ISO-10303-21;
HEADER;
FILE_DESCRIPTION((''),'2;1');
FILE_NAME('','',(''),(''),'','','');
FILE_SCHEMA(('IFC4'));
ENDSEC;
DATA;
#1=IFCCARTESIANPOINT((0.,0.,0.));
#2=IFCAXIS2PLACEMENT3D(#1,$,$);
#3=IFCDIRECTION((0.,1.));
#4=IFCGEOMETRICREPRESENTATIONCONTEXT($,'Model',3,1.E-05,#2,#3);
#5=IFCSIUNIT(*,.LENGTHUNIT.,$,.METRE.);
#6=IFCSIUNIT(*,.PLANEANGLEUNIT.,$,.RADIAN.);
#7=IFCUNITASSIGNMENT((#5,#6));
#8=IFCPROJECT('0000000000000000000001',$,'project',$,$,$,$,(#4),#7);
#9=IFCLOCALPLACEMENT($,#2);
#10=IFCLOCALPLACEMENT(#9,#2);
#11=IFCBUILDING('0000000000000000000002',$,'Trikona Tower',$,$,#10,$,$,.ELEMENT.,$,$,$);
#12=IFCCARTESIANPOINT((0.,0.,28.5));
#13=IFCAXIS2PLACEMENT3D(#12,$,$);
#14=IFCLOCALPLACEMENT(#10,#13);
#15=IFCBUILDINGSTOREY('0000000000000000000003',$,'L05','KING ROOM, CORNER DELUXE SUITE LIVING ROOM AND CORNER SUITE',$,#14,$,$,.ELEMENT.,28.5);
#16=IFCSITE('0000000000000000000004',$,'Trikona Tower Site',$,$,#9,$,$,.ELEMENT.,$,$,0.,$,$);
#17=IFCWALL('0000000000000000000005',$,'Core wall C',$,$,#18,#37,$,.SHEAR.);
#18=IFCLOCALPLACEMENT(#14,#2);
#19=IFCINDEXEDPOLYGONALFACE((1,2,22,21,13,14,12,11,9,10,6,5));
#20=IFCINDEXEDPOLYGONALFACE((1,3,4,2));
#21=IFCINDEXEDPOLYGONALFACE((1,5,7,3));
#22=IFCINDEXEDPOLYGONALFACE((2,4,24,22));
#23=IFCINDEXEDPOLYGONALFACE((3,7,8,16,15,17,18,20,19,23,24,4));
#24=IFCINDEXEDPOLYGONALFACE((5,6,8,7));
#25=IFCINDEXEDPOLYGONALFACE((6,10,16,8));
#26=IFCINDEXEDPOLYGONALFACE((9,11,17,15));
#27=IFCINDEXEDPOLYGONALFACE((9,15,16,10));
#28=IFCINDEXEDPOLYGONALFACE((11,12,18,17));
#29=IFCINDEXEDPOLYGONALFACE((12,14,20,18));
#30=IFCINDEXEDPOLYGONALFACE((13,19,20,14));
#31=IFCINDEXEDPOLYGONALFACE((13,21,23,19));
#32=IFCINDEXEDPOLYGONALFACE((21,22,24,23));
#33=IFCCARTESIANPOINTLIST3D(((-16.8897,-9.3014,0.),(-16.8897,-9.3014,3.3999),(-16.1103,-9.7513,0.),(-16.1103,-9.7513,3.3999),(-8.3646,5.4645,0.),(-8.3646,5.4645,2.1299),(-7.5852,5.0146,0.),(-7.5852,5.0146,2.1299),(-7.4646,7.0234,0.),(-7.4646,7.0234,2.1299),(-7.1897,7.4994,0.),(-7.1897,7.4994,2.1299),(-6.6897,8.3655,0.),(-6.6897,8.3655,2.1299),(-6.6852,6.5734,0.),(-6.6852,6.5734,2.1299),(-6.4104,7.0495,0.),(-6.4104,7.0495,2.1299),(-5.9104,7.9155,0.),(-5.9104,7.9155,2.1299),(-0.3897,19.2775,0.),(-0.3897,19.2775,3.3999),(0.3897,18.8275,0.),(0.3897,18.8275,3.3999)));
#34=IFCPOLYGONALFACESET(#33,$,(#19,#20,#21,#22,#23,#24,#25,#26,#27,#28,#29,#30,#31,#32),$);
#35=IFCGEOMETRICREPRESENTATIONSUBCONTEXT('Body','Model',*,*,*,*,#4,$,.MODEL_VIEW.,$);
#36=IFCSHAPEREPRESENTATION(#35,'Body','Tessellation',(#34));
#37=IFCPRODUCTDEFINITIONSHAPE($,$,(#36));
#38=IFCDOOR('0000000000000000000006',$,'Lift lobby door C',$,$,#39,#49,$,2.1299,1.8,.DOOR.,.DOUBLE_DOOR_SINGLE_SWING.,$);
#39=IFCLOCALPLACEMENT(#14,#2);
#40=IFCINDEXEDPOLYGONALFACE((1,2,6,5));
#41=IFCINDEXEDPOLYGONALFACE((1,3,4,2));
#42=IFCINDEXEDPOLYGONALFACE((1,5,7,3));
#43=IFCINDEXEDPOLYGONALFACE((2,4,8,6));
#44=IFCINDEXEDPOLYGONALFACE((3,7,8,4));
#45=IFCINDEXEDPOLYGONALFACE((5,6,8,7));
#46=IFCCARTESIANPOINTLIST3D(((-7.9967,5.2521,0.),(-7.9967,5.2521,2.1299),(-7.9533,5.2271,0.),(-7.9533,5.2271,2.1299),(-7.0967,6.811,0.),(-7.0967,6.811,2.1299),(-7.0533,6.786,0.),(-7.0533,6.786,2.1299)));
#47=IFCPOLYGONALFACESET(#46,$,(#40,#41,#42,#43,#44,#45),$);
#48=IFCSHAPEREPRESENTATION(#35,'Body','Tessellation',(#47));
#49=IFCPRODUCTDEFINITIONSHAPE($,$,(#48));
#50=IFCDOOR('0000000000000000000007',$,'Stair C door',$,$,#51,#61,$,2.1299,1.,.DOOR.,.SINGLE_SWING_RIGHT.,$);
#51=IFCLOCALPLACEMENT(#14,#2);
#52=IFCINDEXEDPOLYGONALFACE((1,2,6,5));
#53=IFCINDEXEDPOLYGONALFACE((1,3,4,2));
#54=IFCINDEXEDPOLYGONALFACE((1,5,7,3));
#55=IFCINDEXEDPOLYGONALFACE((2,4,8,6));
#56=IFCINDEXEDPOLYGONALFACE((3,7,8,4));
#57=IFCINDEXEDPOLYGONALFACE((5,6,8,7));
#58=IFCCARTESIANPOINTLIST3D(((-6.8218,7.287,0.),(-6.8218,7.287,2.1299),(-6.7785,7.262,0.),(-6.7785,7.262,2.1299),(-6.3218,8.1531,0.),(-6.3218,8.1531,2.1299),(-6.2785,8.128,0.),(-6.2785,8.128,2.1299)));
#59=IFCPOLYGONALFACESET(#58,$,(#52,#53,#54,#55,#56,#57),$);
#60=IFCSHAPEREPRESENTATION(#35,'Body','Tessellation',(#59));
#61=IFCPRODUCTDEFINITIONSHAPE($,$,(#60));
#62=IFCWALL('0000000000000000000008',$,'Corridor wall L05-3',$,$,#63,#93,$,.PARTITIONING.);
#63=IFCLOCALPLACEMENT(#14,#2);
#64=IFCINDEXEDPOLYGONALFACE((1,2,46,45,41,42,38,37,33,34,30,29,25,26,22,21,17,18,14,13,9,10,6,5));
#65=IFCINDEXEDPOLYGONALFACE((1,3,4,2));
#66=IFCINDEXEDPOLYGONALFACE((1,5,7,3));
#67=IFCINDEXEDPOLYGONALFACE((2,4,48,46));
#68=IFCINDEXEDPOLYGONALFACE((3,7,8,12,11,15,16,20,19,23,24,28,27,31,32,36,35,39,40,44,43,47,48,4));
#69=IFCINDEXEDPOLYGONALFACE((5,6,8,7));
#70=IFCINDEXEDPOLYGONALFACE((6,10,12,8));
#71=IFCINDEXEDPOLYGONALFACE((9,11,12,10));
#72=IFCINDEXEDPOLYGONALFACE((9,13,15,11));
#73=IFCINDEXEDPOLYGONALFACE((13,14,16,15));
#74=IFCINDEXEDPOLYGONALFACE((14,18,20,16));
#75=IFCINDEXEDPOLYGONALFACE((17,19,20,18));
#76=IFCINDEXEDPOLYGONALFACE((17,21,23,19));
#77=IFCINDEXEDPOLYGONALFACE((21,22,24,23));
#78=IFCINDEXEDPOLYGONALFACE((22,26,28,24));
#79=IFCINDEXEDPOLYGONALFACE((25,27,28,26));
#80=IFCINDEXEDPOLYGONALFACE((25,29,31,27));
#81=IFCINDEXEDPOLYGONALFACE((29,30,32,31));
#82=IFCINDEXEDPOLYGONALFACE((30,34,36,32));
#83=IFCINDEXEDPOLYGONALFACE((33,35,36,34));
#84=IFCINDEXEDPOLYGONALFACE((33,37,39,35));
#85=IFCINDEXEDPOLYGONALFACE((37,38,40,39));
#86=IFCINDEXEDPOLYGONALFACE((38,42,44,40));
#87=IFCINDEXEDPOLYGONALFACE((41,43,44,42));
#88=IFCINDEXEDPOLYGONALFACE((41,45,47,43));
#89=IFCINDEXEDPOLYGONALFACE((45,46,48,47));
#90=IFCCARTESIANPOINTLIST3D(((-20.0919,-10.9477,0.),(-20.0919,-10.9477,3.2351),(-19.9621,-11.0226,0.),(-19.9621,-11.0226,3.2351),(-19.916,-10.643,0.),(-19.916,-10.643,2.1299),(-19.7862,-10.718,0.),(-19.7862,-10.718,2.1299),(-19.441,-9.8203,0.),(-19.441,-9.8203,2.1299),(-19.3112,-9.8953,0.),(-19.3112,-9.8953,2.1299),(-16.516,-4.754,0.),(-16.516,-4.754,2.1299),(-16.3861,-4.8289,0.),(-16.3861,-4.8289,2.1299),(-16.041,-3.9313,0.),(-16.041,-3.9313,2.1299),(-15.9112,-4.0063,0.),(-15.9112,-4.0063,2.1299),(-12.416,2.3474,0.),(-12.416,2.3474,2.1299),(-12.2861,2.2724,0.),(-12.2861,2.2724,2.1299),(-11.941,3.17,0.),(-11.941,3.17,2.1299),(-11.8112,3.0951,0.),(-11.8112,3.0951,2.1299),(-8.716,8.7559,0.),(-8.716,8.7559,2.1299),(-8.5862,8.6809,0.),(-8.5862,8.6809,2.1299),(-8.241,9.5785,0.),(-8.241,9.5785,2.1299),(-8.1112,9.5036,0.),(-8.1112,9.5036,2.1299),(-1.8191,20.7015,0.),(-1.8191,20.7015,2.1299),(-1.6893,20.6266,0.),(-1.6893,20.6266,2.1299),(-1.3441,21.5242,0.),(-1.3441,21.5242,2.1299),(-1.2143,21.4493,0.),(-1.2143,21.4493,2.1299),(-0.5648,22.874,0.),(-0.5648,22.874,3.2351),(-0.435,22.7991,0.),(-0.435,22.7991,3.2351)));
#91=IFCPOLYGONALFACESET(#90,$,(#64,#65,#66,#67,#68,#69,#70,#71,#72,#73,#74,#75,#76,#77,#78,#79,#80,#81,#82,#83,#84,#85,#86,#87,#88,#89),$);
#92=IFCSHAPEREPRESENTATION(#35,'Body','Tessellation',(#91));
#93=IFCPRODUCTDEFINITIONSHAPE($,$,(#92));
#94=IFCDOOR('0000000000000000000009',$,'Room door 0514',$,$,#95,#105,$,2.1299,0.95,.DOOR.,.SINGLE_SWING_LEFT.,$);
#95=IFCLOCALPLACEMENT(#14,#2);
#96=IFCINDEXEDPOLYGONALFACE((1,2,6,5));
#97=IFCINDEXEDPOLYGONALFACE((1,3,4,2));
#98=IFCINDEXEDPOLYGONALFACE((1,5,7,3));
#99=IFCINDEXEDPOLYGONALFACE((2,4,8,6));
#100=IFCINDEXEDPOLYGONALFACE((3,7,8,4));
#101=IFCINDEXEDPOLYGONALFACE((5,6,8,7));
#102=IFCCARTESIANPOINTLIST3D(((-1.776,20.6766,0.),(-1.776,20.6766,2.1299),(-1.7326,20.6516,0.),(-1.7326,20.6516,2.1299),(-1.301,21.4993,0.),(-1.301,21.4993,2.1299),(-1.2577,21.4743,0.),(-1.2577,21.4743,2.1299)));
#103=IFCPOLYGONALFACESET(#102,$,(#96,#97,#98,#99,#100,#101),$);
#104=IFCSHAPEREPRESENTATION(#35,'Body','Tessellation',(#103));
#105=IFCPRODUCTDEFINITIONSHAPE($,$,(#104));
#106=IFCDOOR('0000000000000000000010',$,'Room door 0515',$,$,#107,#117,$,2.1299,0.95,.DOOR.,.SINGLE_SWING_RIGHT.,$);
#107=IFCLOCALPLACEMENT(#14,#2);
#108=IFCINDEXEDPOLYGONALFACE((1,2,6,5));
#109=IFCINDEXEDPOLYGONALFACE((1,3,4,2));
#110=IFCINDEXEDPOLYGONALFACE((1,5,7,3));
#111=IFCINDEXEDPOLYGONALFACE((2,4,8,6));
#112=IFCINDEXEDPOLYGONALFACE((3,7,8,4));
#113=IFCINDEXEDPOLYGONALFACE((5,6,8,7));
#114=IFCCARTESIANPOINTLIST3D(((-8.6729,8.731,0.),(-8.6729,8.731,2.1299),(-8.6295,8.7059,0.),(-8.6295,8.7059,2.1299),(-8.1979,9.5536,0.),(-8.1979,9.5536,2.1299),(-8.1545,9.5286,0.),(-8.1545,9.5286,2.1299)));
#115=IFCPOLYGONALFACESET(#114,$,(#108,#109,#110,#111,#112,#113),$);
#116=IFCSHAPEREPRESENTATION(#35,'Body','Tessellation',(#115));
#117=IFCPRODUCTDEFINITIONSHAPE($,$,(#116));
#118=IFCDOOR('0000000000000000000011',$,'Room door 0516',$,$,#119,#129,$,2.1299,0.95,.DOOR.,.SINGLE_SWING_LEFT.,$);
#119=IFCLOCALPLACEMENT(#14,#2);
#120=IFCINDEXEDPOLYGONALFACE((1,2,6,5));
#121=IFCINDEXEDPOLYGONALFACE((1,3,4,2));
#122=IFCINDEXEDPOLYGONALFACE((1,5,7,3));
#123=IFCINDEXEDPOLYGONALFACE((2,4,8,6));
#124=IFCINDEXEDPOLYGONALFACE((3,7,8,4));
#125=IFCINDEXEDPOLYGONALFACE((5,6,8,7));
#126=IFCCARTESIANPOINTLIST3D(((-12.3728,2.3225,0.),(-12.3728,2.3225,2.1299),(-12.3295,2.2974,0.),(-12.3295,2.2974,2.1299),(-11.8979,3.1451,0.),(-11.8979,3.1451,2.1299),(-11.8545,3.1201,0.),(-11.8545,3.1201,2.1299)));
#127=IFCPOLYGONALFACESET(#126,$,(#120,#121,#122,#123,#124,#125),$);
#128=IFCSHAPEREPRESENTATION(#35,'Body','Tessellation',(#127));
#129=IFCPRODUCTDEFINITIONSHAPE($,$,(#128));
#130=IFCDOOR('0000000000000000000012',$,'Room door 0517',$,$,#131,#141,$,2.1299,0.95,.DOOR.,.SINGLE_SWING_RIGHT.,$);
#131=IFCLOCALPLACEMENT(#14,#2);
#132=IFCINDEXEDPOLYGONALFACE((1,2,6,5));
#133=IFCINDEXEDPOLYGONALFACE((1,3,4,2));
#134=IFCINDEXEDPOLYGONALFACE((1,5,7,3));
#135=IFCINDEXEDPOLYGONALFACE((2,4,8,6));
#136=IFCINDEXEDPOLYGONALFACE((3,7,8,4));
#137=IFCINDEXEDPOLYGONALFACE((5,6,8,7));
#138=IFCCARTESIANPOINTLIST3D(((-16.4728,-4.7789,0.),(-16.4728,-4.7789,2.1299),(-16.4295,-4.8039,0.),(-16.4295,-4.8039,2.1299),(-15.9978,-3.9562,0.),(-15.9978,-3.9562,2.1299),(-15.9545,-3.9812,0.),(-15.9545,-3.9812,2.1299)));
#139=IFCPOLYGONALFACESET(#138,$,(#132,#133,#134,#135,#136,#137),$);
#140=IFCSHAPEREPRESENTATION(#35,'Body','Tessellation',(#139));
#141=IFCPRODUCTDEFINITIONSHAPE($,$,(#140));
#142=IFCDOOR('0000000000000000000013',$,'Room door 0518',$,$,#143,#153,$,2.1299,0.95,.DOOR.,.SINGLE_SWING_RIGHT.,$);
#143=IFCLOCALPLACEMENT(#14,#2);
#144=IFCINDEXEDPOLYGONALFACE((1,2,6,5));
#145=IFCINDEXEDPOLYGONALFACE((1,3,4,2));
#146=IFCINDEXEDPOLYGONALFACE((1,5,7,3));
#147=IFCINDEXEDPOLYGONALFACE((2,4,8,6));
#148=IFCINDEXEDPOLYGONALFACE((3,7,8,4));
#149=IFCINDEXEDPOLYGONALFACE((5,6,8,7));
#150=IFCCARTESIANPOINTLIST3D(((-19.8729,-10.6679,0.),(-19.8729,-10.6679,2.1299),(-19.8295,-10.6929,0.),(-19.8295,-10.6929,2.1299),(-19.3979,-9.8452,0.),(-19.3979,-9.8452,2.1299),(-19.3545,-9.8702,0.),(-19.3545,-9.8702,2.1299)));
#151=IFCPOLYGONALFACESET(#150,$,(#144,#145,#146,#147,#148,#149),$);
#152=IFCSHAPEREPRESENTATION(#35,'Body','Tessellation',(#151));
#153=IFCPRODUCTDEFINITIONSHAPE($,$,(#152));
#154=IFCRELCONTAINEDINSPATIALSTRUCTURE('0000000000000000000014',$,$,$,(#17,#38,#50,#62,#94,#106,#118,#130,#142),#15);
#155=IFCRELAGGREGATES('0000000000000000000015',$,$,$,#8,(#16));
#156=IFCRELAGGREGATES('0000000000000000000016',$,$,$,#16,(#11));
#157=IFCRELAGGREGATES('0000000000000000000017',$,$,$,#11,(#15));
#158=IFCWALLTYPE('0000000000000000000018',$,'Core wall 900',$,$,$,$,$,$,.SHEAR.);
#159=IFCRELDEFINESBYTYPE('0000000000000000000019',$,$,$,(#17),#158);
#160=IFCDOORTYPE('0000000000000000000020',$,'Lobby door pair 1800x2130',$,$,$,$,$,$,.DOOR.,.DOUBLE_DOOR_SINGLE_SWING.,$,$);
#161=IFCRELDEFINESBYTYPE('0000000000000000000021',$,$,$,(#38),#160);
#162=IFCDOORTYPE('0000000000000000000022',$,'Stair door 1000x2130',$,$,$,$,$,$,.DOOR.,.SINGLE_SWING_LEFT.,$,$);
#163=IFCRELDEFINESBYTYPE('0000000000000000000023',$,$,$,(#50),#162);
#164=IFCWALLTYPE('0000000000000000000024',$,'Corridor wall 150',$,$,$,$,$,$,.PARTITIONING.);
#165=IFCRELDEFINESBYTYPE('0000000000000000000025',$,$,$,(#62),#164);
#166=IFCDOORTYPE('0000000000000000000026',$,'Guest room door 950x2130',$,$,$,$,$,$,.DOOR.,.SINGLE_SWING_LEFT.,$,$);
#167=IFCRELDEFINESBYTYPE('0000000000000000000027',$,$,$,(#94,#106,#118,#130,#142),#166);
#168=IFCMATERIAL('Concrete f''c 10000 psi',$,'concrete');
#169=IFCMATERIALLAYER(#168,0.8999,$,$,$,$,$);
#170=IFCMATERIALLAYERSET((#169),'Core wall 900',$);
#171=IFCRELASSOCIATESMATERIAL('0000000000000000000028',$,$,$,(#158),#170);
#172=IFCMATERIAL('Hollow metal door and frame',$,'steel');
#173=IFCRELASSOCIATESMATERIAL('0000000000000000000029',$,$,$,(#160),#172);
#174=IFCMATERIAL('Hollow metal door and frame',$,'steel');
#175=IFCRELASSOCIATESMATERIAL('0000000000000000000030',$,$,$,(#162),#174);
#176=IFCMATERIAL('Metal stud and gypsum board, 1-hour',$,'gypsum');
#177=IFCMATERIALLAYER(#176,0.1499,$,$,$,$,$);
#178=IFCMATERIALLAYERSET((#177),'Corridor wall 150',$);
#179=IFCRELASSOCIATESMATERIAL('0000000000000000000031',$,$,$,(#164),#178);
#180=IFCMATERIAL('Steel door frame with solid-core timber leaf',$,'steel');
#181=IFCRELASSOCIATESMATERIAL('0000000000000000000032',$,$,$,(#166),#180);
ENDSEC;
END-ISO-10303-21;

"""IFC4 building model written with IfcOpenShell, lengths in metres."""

from ifc_helpers import new_model, si_unit, direction, frame, frame_2d, origin, place, context, subcontext, project, spatial, rectangle, extrude, material, layer, layer_set, type_object, element, fill, save


model = new_model("IFC4")

# Units and contexts
model_context = context("Model", 3, precision=1e-05, world=origin(), true_north=direction((0.0, 1.0)))
body_context = subcontext(model_context, "Body", "Model", "MODEL_VIEW")
ifc_project = project(units=[si_unit("LENGTHUNIT", "METRE"), si_unit("PLANEANGLEUNIT", "RADIAN")], contexts=[model_context])

# Site, building, storey
site_placement = place(None, origin())
site = spatial("IfcSite", under=ifc_project, at=site_placement, Name="Trikona Tower Site", CompositionType="ELEMENT", RefElevation=0.0)
building_placement = place(site_placement, origin())
building = spatial("IfcBuilding", under=site, at=building_placement, Name="Trikona Tower", CompositionType="ELEMENT")
storey_placement = place(building_placement, frame((0.0, 0.0, 28.5)))
storey = spatial("IfcBuildingStorey", under=building, at=storey_placement, Name="L05", Description="KING ROOM, CORNER DELUXE SUITE LIVING ROOM AND CORNER SUITE", CompositionType="ELEMENT", Elevation=28.5)

# Walls, openings, doors
ifc_material_1 = material(Name="Concrete f'c 10000 psi", Category="concrete")
ifc_layer_1 = layer(ifc_material_1, 0.8999)
ifc_layer_set_1 = layer_set([ifc_layer_1], Name="Core wall 900")
wall_type_1 = type_object("IfcWallType", Name="Core wall 900", PredefinedType="SHEAR", material=ifc_layer_set_1)
wall_1_placement = place(storey_placement, frame((0.0, 19.0525, 0.0), z_axis=(0.0, 0.0, 1.0), x_axis=(-0.5, -0.866026, 0.0)))
wall_1 = element("IfcWall", 1, at=wall_1_placement, inside=storey, type_object=wall_type_1, Name="Core wall C", PredefinedType="SHEAR", context=body_context, shape_type="SweptSolid", body=[
    extrude(rectangle(XDim=33.0, YDim=0.8999, at=frame_2d((16.5, 0.0))), origin(), (0.0, 0.0, 1.0), 3.3999),
])
opening_1_placement = place(wall_1_placement, frame((14.1499, 0.0, 0.0)))
opening_1 = element("IfcOpeningElement", 2, at=opening_1_placement, cuts=wall_1, PredefinedType="OPENING", context=body_context, shape_type="SweptSolid", body=[
    extrude(rectangle(XDim=1.8, YDim=2.1299, at=frame_2d((0.8999, 1.0649))), frame((0.0, 0.46, 0.0), z_axis=(0.0, -1.0, 0.0), x_axis=(1.0, 0.0, 0.0)), (0.0, 0.0, 1.0), 0.9199),
])
opening_2_placement = place(wall_1_placement, frame((12.6001, 0.0, 0.0)))
opening_2 = element("IfcOpeningElement", 3, at=opening_2_placement, cuts=wall_1, PredefinedType="OPENING", context=body_context, shape_type="SweptSolid", body=[
    extrude(rectangle(XDim=1.0, YDim=2.1299, at=frame_2d((0.5, 1.0649))), frame((0.0, 0.46, 0.0), z_axis=(0.0, -1.0, 0.0), x_axis=(1.0, 0.0, 0.0)), (0.0, 0.0, 1.0), 0.9199),
])
ifc_material_2 = material(Name="Hollow metal door and frame", Category="steel")
door_type_1 = type_object("IfcDoorType", Name="Lobby door pair 1800x2130", OperationType="DOUBLE_DOOR_SINGLE_SWING", PredefinedType="DOOR", material=ifc_material_2)
door_1_placement = place(opening_1_placement, origin())
door_1 = element("IfcDoor", 4, at=door_1_placement, inside=storey, type_object=door_type_1, Name="Lift lobby door C", OperationType="DOUBLE_DOOR_SINGLE_SWING", OverallHeight=2.1299, OverallWidth=1.8, PredefinedType="DOOR", context=body_context, shape_type="SweptSolid", body=[
    extrude(rectangle(XDim=1.8, YDim=2.1299, at=frame_2d((0.8999, 1.0649))), frame((0.0, 0.0249, 0.0), z_axis=(0.0, -1.0, 0.0), x_axis=(1.0, 0.0, 0.0)), (0.0, 0.0, 1.0), 0.05),
])
fill(opening_1, door_1)
ifc_material_3 = material(Name="Hollow metal door and frame", Category="steel")
door_type_2 = type_object("IfcDoorType", Name="Stair door 1000x2130", OperationType="SINGLE_SWING_LEFT", PredefinedType="DOOR", material=ifc_material_3)
door_2_placement = place(opening_2_placement, origin())
door_2 = element("IfcDoor", 5, at=door_2_placement, inside=storey, type_object=door_type_2, Name="Stair C door", OperationType="SINGLE_SWING_RIGHT", OverallHeight=2.1299, OverallWidth=1.0, PredefinedType="DOOR", context=body_context, shape_type="SweptSolid", body=[
    extrude(rectangle(XDim=1.0, YDim=2.1299, at=frame_2d((0.5, 1.0649))), frame((0.0, 0.0249, 0.0), z_axis=(0.0, -1.0, 0.0), x_axis=(1.0, 0.0, 0.0)), (0.0, 0.0, 1.0), 0.05),
])
fill(opening_2, door_2)
ifc_material_4 = material(Name="Metal stud and gypsum board, 1-hour", Category="gypsum")
ifc_layer_2 = layer(ifc_material_4, 0.1499)
ifc_layer_set_2 = layer_set([ifc_layer_2], Name="Corridor wall 150")
wall_type_2 = type_object("IfcWallType", Name="Corridor wall 150", PredefinedType="PARTITIONING", material=ifc_layer_set_2)
wall_2_placement = place(storey_placement, frame((-0.5, 22.8364, 0.0), z_axis=(0.0, 0.0, 1.0), x_axis=(-0.500002, -0.866024, 0.0)))
wall_2 = element("IfcWall", 6, at=wall_2_placement, inside=storey, type_object=wall_type_2, Name="Corridor wall L05-3", PredefinedType="PARTITIONING", context=body_context, shape_type="SweptSolid", body=[
    extrude(rectangle(XDim=39.054, YDim=0.1499, at=frame_2d((19.5269, 0.0))), origin(), (0.0, 0.0, 1.0), 3.2351),
])
opening_3_placement = place(wall_2_placement, frame((1.5583, 0.0, 0.0)))
opening_3 = element("IfcOpeningElement", 7, at=opening_3_placement, cuts=wall_2, PredefinedType="OPENING", context=body_context, shape_type="SweptSolid", body=[
    extrude(rectangle(XDim=0.95, YDim=2.1299, at=frame_2d((0.4751, 1.0649))), frame((0.0, 0.085, 0.0), z_axis=(0.0, -1.0, 0.0), x_axis=(1.0, 0.0, 0.0)), (0.0, 0.0, 1.0), 0.1699),
])
opening_4_placement = place(wall_2_placement, frame((15.3521, 0.0, 0.0)))
opening_4 = element("IfcOpeningElement", 8, at=opening_4_placement, cuts=wall_2, PredefinedType="OPENING", context=body_context, shape_type="SweptSolid", body=[
    extrude(rectangle(XDim=0.95, YDim=2.1299, at=frame_2d((0.4751, 1.0649))), frame((0.0, 0.085, 0.0), z_axis=(0.0, -1.0, 0.0), x_axis=(1.0, 0.0, 0.0)), (0.0, 0.0, 1.0), 0.1699),
])
opening_5_placement = place(wall_2_placement, frame((22.752, 0.0, 0.0)))
opening_5 = element("IfcOpeningElement", 9, at=opening_5_placement, cuts=wall_2, PredefinedType="OPENING", context=body_context, shape_type="SweptSolid", body=[
    extrude(rectangle(XDim=0.95, YDim=2.1299, at=frame_2d((0.4751, 1.0649))), frame((0.0, 0.085, 0.0), z_axis=(0.0, -1.0, 0.0), x_axis=(1.0, 0.0, 0.0)), (0.0, 0.0, 1.0), 0.1699),
])
opening_6_placement = place(wall_2_placement, frame((30.9519, 0.0, 0.0)))
opening_6 = element("IfcOpeningElement", 10, at=opening_6_placement, cuts=wall_2, PredefinedType="OPENING", context=body_context, shape_type="SweptSolid", body=[
    extrude(rectangle(XDim=0.95, YDim=2.1299, at=frame_2d((0.4751, 1.0649))), frame((0.0, 0.085, 0.0), z_axis=(0.0, -1.0, 0.0), x_axis=(1.0, 0.0, 0.0)), (0.0, 0.0, 1.0), 0.1699),
])
opening_7_placement = place(wall_2_placement, frame((37.752, 0.0, 0.0)))
opening_7 = element("IfcOpeningElement", 11, at=opening_7_placement, cuts=wall_2, PredefinedType="OPENING", context=body_context, shape_type="SweptSolid", body=[
    extrude(rectangle(XDim=0.95, YDim=2.1299, at=frame_2d((0.4751, 1.0649))), frame((0.0, 0.085, 0.0), z_axis=(0.0, -1.0, 0.0), x_axis=(1.0, 0.0, 0.0)), (0.0, 0.0, 1.0), 0.1699),
])
ifc_material_5 = material(Name="Steel door frame with solid-core timber leaf", Category="steel")
door_type_3 = type_object("IfcDoorType", Name="Guest room door 950x2130", OperationType="SINGLE_SWING_LEFT", PredefinedType="DOOR", material=ifc_material_5)
door_3_placement = place(opening_3_placement, origin())
door_3 = element("IfcDoor", 12, at=door_3_placement, inside=storey, type_object=door_type_3, Name="Room door 0514", OperationType="SINGLE_SWING_LEFT", OverallHeight=2.1299, OverallWidth=0.95, PredefinedType="DOOR", context=body_context, shape_type="SweptSolid", body=[
    extrude(rectangle(XDim=0.95, YDim=2.1299, at=frame_2d((0.4751, 1.0649))), frame((0.0, 0.0249, 0.0), z_axis=(0.0, -1.0, 0.0), x_axis=(1.0, 0.0, 0.0)), (0.0, 0.0, 1.0), 0.05),
])
fill(opening_3, door_3)
door_4_placement = place(opening_4_placement, origin())
door_4 = element("IfcDoor", 13, at=door_4_placement, inside=storey, type_object=door_type_3, Name="Room door 0515", OperationType="SINGLE_SWING_RIGHT", OverallHeight=2.1299, OverallWidth=0.95, PredefinedType="DOOR", context=body_context, shape_type="SweptSolid", body=[
    extrude(rectangle(XDim=0.95, YDim=2.1299, at=frame_2d((0.4751, 1.0649))), frame((0.0, 0.0249, 0.0), z_axis=(0.0, -1.0, 0.0), x_axis=(1.0, 0.0, 0.0)), (0.0, 0.0, 1.0), 0.05),
])
fill(opening_4, door_4)
door_5_placement = place(opening_5_placement, origin())
door_5 = element("IfcDoor", 14, at=door_5_placement, inside=storey, type_object=door_type_3, Name="Room door 0516", OperationType="SINGLE_SWING_LEFT", OverallHeight=2.1299, OverallWidth=0.95, PredefinedType="DOOR", context=body_context, shape_type="SweptSolid", body=[
    extrude(rectangle(XDim=0.95, YDim=2.1299, at=frame_2d((0.4751, 1.0649))), frame((0.0, 0.0249, 0.0), z_axis=(0.0, -1.0, 0.0), x_axis=(1.0, 0.0, 0.0)), (0.0, 0.0, 1.0), 0.05),
])
fill(opening_5, door_5)
door_6_placement = place(opening_6_placement, origin())
door_6 = element("IfcDoor", 15, at=door_6_placement, inside=storey, type_object=door_type_3, Name="Room door 0517", OperationType="SINGLE_SWING_RIGHT", OverallHeight=2.1299, OverallWidth=0.95, PredefinedType="DOOR", context=body_context, shape_type="SweptSolid", body=[
    extrude(rectangle(XDim=0.95, YDim=2.1299, at=frame_2d((0.4751, 1.0649))), frame((0.0, 0.0249, 0.0), z_axis=(0.0, -1.0, 0.0), x_axis=(1.0, 0.0, 0.0)), (0.0, 0.0, 1.0), 0.05),
])
fill(opening_6, door_6)
door_7_placement = place(opening_7_placement, origin())
door_7 = element("IfcDoor", 16, at=door_7_placement, inside=storey, type_object=door_type_3, Name="Room door 0518", OperationType="SINGLE_SWING_RIGHT", OverallHeight=2.1299, OverallWidth=0.95, PredefinedType="DOOR", context=body_context, shape_type="SweptSolid", body=[
    extrude(rectangle(XDim=0.95, YDim=2.1299, at=frame_2d((0.4751, 1.0649))), frame((0.0, 0.0249, 0.0), z_axis=(0.0, -1.0, 0.0), x_axis=(1.0, 0.0, 0.0)), (0.0, 0.0, 1.0), 0.05),
])
fill(opening_7, door_7)

save(model, "model.ifc")
